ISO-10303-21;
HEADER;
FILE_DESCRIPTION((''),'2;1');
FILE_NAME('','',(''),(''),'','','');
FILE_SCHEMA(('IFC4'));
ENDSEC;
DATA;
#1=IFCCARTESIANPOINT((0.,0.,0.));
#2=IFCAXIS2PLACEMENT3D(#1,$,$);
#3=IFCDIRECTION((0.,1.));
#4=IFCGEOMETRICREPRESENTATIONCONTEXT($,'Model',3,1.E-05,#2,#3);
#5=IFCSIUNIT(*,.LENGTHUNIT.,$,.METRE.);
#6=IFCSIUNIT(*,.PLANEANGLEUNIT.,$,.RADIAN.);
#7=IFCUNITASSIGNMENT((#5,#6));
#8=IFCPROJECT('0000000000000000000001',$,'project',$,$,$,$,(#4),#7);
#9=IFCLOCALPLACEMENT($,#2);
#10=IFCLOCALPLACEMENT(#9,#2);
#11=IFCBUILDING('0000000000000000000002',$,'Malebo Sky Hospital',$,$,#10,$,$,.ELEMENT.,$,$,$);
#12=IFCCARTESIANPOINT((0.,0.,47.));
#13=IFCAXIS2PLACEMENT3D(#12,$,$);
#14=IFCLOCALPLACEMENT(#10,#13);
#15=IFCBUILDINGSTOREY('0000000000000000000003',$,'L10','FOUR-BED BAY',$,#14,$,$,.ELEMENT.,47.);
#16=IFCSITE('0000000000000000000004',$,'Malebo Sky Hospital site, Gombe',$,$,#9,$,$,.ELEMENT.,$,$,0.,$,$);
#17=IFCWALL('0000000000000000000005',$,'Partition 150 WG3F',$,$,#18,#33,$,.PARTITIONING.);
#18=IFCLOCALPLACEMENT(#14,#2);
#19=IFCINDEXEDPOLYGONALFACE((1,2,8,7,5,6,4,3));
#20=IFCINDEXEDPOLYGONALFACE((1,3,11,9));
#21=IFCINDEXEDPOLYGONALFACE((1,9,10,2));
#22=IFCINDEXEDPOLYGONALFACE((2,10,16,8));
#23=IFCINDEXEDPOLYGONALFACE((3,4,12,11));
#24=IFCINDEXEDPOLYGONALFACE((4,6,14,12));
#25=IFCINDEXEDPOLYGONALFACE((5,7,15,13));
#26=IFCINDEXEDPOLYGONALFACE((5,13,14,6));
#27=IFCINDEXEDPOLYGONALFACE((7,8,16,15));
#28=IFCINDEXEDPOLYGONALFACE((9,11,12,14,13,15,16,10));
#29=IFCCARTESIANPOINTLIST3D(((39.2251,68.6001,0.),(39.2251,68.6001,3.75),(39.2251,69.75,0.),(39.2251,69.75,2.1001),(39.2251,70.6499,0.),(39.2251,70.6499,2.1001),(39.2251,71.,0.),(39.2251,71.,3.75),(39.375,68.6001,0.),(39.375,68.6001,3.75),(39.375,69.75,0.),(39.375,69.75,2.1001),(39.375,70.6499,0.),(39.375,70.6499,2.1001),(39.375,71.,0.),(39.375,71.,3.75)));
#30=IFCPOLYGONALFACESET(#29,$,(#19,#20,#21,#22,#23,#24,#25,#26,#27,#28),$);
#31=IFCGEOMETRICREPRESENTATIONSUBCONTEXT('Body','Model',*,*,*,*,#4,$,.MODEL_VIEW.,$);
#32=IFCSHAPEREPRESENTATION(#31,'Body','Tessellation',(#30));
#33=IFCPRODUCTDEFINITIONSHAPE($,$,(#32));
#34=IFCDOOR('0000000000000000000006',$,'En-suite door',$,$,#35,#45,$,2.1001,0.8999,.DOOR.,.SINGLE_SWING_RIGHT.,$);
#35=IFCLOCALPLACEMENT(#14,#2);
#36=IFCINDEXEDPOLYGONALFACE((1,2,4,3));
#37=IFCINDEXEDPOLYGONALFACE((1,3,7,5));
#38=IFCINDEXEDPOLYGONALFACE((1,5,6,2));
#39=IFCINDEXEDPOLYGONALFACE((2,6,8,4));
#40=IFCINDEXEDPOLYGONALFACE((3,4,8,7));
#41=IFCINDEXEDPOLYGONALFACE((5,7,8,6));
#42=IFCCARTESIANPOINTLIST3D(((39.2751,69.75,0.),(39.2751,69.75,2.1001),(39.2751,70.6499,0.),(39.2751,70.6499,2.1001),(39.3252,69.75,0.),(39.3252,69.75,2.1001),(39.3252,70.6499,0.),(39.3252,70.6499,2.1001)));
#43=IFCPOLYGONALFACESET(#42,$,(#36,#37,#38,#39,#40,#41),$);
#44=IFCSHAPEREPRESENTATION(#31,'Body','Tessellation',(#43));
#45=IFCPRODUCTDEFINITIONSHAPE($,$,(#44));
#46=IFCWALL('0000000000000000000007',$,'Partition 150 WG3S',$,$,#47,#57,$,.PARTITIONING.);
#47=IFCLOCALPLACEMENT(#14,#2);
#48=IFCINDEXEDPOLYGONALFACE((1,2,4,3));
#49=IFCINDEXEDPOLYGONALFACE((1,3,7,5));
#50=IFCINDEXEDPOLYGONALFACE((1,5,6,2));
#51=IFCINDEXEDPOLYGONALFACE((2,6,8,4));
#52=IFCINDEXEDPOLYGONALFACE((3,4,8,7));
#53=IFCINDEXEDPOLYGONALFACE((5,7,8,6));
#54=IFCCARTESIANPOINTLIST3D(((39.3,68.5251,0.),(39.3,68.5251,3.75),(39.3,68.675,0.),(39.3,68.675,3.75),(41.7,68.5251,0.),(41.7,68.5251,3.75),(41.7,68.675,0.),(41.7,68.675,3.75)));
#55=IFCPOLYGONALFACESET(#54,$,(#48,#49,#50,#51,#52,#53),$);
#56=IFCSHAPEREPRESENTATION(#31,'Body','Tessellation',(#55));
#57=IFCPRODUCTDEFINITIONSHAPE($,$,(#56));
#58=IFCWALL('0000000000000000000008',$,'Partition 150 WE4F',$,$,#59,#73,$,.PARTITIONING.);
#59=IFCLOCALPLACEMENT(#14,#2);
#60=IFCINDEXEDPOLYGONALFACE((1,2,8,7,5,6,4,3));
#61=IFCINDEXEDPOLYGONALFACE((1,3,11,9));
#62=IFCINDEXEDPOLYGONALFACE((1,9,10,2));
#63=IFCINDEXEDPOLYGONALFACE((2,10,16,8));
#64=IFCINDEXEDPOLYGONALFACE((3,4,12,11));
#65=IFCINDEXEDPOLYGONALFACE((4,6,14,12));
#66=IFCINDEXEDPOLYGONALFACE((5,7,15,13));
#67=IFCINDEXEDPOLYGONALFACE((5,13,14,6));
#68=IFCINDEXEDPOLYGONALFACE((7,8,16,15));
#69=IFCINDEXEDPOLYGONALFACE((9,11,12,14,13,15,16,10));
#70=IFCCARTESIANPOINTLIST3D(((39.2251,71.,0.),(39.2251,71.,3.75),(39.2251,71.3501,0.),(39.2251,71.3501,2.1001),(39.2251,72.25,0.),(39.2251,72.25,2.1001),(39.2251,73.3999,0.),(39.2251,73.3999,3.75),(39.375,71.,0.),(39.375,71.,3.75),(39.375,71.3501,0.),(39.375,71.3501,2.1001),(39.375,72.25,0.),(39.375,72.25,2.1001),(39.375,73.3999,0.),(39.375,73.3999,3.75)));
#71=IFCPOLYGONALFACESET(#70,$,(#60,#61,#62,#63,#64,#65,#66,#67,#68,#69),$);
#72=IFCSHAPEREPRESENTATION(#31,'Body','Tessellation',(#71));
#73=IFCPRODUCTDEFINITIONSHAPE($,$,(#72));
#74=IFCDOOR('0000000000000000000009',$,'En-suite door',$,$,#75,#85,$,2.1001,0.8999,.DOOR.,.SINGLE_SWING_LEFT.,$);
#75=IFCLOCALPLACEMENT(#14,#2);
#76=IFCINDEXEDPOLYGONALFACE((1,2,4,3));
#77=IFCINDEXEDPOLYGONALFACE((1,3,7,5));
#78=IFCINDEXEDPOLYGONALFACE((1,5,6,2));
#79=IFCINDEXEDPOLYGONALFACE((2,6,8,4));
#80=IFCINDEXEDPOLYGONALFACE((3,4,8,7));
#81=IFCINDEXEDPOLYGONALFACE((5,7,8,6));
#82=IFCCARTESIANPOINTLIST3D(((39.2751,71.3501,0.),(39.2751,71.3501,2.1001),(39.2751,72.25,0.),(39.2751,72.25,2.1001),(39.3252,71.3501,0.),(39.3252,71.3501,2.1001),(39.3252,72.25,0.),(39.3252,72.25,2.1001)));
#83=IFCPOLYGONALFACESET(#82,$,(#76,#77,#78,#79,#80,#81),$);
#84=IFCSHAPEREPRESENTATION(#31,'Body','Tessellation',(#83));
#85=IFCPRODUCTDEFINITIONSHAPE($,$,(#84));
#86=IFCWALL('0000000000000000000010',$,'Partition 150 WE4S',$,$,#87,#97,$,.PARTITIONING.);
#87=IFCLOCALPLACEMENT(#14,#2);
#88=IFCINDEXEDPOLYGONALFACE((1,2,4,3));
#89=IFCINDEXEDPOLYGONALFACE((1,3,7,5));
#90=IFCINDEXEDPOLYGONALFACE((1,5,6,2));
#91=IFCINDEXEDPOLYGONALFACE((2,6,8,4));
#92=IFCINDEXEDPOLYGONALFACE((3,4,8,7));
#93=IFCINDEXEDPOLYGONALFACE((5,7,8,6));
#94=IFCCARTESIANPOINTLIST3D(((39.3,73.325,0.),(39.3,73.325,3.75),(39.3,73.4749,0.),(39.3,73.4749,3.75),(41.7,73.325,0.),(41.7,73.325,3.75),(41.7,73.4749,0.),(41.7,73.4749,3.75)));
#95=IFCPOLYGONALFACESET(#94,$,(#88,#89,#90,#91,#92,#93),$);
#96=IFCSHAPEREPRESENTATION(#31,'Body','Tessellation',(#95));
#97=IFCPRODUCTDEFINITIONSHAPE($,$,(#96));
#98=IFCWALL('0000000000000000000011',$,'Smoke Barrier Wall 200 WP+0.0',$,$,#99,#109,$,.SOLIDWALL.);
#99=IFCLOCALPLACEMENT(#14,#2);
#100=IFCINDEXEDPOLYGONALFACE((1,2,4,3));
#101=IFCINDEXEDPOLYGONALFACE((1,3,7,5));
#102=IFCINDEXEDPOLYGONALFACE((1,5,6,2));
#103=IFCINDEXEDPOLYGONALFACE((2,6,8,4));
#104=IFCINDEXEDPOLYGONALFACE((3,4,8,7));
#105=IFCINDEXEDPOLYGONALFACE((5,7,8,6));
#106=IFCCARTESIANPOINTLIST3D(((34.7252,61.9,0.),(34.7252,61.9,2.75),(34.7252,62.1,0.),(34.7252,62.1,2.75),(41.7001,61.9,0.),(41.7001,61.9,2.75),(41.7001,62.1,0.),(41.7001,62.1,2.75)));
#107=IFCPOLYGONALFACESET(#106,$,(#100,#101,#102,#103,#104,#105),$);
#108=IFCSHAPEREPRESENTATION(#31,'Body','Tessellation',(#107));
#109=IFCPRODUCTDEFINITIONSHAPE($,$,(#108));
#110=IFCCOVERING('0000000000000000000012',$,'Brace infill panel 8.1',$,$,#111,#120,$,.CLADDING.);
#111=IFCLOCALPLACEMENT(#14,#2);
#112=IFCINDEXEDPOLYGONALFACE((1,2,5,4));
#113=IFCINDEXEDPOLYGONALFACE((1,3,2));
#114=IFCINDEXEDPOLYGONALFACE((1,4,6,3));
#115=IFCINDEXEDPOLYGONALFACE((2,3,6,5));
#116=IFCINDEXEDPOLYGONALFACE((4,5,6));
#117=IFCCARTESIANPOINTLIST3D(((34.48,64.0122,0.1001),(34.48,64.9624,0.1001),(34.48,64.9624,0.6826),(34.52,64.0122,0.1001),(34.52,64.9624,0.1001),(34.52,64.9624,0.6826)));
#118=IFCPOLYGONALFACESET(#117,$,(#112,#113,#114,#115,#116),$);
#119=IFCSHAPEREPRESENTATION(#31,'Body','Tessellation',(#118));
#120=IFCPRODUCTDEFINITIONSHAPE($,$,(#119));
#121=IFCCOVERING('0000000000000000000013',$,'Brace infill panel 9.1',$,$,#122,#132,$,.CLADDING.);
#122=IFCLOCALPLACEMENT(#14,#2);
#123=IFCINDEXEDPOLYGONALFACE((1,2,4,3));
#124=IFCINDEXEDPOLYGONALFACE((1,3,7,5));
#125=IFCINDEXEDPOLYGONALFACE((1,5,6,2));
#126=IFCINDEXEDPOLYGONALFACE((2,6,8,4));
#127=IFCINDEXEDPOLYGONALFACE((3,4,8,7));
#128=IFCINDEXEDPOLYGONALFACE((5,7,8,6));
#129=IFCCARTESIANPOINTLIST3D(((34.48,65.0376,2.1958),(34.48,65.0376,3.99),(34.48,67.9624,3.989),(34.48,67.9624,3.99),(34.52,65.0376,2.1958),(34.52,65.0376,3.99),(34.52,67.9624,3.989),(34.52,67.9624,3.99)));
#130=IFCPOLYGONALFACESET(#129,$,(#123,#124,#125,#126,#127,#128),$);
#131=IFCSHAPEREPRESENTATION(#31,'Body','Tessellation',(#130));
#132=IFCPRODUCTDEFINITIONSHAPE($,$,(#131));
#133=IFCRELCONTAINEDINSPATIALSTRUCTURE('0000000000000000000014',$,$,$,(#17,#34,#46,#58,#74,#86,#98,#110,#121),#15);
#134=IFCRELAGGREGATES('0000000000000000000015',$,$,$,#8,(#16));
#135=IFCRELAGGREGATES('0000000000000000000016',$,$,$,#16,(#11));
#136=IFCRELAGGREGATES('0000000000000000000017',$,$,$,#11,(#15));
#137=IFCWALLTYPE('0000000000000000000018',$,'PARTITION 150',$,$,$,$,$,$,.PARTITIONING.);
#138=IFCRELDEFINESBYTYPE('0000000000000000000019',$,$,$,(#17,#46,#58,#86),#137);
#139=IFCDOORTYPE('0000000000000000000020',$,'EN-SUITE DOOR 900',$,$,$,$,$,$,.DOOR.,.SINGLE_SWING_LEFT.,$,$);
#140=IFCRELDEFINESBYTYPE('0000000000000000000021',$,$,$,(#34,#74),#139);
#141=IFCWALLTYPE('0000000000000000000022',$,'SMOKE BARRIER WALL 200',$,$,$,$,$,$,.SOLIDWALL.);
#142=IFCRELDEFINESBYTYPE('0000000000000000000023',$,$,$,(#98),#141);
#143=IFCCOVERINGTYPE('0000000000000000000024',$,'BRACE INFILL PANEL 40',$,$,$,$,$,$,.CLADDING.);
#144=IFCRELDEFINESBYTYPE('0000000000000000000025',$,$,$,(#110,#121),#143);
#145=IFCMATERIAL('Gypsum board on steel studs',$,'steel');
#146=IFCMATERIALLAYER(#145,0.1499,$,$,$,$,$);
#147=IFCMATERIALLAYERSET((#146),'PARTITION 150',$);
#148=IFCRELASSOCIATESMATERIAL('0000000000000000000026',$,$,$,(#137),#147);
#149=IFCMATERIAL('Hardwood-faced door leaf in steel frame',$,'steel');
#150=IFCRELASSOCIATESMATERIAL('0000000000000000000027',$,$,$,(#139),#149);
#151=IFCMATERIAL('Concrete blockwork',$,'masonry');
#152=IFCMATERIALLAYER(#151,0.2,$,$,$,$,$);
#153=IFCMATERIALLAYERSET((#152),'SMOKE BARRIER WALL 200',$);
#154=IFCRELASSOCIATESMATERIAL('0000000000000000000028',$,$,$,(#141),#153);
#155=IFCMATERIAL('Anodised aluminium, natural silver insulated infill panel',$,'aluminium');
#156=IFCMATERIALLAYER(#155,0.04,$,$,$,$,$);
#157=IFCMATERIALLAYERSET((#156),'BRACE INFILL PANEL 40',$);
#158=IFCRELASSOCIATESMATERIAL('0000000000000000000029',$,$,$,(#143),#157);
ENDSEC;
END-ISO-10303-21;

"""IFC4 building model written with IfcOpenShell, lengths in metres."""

from ifc_helpers import new_model, si_unit, direction, frame, frame_2d, origin, place, context, subcontext, project, spatial, polyline, rectangle, outline, extrude, material, layer, layer_set, type_object, element, fill, save


model = new_model("IFC4")

# Units and contexts
model_context = context("Model", 3, precision=1e-05, world=origin(), true_north=direction((0.0, 1.0)))
body_context = subcontext(model_context, "Body", "Model", "MODEL_VIEW")
ifc_project = project(units=[si_unit("LENGTHUNIT", "METRE"), si_unit("PLANEANGLEUNIT", "RADIAN")], contexts=[model_context])

# Site, building, storey
site_placement = place(None, origin())
site = spatial("IfcSite", under=ifc_project, at=site_placement, Name="Malebo Sky Hospital site, Gombe", CompositionType="ELEMENT", RefElevation=0.0)
building_placement = place(site_placement, origin())
building = spatial("IfcBuilding", under=site, at=building_placement, Name="Malebo Sky Hospital", CompositionType="ELEMENT")
storey_placement = place(building_placement, frame((0.0, 0.0, 47.0)))
storey = spatial("IfcBuildingStorey", under=building, at=storey_placement, Name="L10", Description="FOUR-BED BAY", CompositionType="ELEMENT", Elevation=47.0)

# Shared definitions
ifc_material_1 = material(Name="Gypsum board on steel studs", Category="steel")
ifc_layer_1 = layer(ifc_material_1, 0.1499)
ifc_layer_set_1 = layer_set([ifc_layer_1], Name="PARTITION 150")
wall_type_1 = type_object("IfcWallType", Name="PARTITION 150", PredefinedType="PARTITIONING", material=ifc_layer_set_1)

# Shared definitions
ifc_material_2 = material(Name="Hardwood-faced door leaf in steel frame", Category="steel")
door_type = type_object("IfcDoorType", Name="EN-SUITE DOOR 900", OperationType="SINGLE_SWING_LEFT", PredefinedType="DOOR", material=ifc_material_2)

# Wall, opening, door
wall_1_placement = place(storey_placement, frame((39.3, 68.6001, 0.0), z_axis=(0.0, 0.0, 1.0), x_axis=(0.0, 1.0, 0.0)))
wall_1 = element("IfcWall", 1, at=wall_1_placement, inside=storey, type_object=wall_type_1, Name="Partition 150 WG3F", PredefinedType="PARTITIONING", context=body_context, shape_type="SweptSolid", body=[
    extrude(rectangle(XDim=2.3999, YDim=0.1499, at=frame_2d((1.2, 0.0))), origin(), (0.0, 0.0, 1.0), 3.75),
])
opening_1_placement = place(wall_1_placement, frame((1.1499, 0.0, 0.0)))
opening_1 = element("IfcOpeningElement", 2, at=opening_1_placement, cuts=wall_1, PredefinedType="OPENING", context=body_context, shape_type="SweptSolid", body=[
    extrude(rectangle(XDim=0.8999, YDim=2.1001, at=frame_2d((0.45, 1.05))), frame((0.0, 0.085, 0.0), z_axis=(0.0, -1.0, 0.0), x_axis=(1.0, 0.0, 0.0)), (0.0, 0.0, 1.0), 0.1699),
])
door_1_placement = place(opening_1_placement, origin())
door_1 = element("IfcDoor", 3, at=door_1_placement, inside=storey, type_object=door_type, Name="En-suite door", OperationType="SINGLE_SWING_RIGHT", OverallHeight=2.1001, OverallWidth=0.8999, PredefinedType="DOOR", context=body_context, shape_type="SweptSolid", body=[
    extrude(rectangle(XDim=0.8999, YDim=2.1001, at=frame_2d((0.45, 1.05))), frame((0.0, 0.0249, 0.0), z_axis=(0.0, -1.0, 0.0), x_axis=(1.0, 0.0, 0.0)), (0.0, 0.0, 1.0), 0.05),
])
fill(opening_1, door_1)

# Wall
wall_2_placement = place(storey_placement, frame((41.7, 68.6001, 0.0), z_axis=(0.0, 0.0, 1.0), x_axis=(-1.0, 0.0, 0.0)))
element("IfcWall", 4, at=wall_2_placement, inside=storey, type_object=wall_type_1, Name="Partition 150 WG3S", PredefinedType="PARTITIONING", context=body_context, shape_type="SweptSolid", body=[
    extrude(rectangle(XDim=2.3999, YDim=0.1499, at=frame_2d((1.2, 0.0))), origin(), (0.0, 0.0, 1.0), 3.75),
])

# Wall, opening, door
wall_3_placement = place(storey_placement, frame((39.3, 71.0, 0.0), z_axis=(0.0, 0.0, 1.0), x_axis=(0.0, 1.0, 0.0)))
wall_3 = element("IfcWall", 5, at=wall_3_placement, inside=storey, type_object=wall_type_1, Name="Partition 150 WE4F", PredefinedType="PARTITIONING", context=body_context, shape_type="SweptSolid", body=[
    extrude(rectangle(XDim=2.3999, YDim=0.1499, at=frame_2d((1.2, 0.0))), origin(), (0.0, 0.0, 1.0), 3.75),
])
opening_2_placement = place(wall_3_placement, frame((0.3501, 0.0, 0.0)))
opening_2 = element("IfcOpeningElement", 6, at=opening_2_placement, cuts=wall_3, PredefinedType="OPENING", context=body_context, shape_type="SweptSolid", body=[
    extrude(rectangle(XDim=0.8999, YDim=2.1001, at=frame_2d((0.45, 1.05))), frame((0.0, 0.085, 0.0), z_axis=(0.0, -1.0, 0.0), x_axis=(1.0, 0.0, 0.0)), (0.0, 0.0, 1.0), 0.1699),
])
door_2_placement = place(opening_2_placement, origin())
door_2 = element("IfcDoor", 7, at=door_2_placement, inside=storey, type_object=door_type, Name="En-suite door", OperationType="SINGLE_SWING_LEFT", OverallHeight=2.1001, OverallWidth=0.8999, PredefinedType="DOOR", context=body_context, shape_type="SweptSolid", body=[
    extrude(rectangle(XDim=0.8999, YDim=2.1001, at=frame_2d((0.45, 1.05))), frame((0.0, 0.0249, 0.0), z_axis=(0.0, -1.0, 0.0), x_axis=(1.0, 0.0, 0.0)), (0.0, 0.0, 1.0), 0.05),
])
fill(opening_2, door_2)

# Walls
wall_4_placement = place(storey_placement, frame((41.7, 73.3999, 0.0), z_axis=(0.0, 0.0, 1.0), x_axis=(-1.0, 0.0, 0.0)))
element("IfcWall", 8, at=wall_4_placement, inside=storey, type_object=wall_type_1, Name="Partition 150 WE4S", PredefinedType="PARTITIONING", context=body_context, shape_type="SweptSolid", body=[
    extrude(rectangle(XDim=2.3999, YDim=0.1499, at=frame_2d((1.2, 0.0))), origin(), (0.0, 0.0, 1.0), 3.75),
])
ifc_material_3 = material(Name="Concrete blockwork", Category="masonry")
ifc_layer_2 = layer(ifc_material_3, 0.2)
ifc_layer_set_2 = layer_set([ifc_layer_2], Name="SMOKE BARRIER WALL 200")
wall_type_2 = type_object("IfcWallType", Name="SMOKE BARRIER WALL 200", PredefinedType="SOLIDWALL", material=ifc_layer_set_2)
wall_5_placement = place(storey_placement, frame((41.7, 62.0, 0.0), z_axis=(0.0, 0.0, 1.0), x_axis=(-1.0, 0.0, 0.0)))
element("IfcWall", 9, at=wall_5_placement, inside=storey, type_object=wall_type_2, Name="Smoke Barrier Wall 200 WP+0.0", PredefinedType="SOLIDWALL", context=body_context, shape_type="SweptSolid", body=[
    extrude(rectangle(XDim=6.9749, YDim=0.2, at=frame_2d((3.4873, 0.0))), origin(), (0.0, 0.0, 1.0), 2.75),
])

# Coverings
ifc_material_4 = material(Name="Anodised aluminium, natural silver insulated infill panel", Category="aluminium")
ifc_layer_3 = layer(ifc_material_4, 0.04)
ifc_layer_set_3 = layer_set([ifc_layer_3], Name="BRACE INFILL PANEL 40")
covering_type = type_object("IfcCoveringType", Name="BRACE INFILL PANEL 40", PredefinedType="CLADDING", material=ifc_layer_set_3)
covering_1_placement = place(storey_placement, frame((34.5, 64.4873, 0.1001), z_axis=(0.0, 0.0, 1.0), x_axis=(0.0, 1.0, 0.0)))
element("IfcCovering", 10, at=covering_1_placement, inside=storey, type_object=covering_type, Name="Brace infill panel 8.1", PredefinedType="CLADDING", context=body_context, shape_type="SweptSolid", body=[
    extrude(outline(polyline([(-0.4751, 0.0), (0.4751, 0.0), (0.4751, 0.5825), (-0.4751, 0.0)])), frame((0.0, 0.02, 0.0), z_axis=(0.0, -1.0, 0.0), x_axis=(1.0, 0.0, 0.0)), (0.0, 0.0, 1.0), 0.04),
])
covering_2_placement = place(storey_placement, frame((34.5, 66.5, 2.1958), z_axis=(0.0, 0.0, 1.0), x_axis=(0.0, 1.0, 0.0)))
element("IfcCovering", 11, at=covering_2_placement, inside=storey, type_object=covering_type, Name="Brace infill panel 9.1", PredefinedType="CLADDING", context=body_context, shape_type="SweptSolid", body=[
    extrude(outline(polyline([(-1.4624, 0.0), (1.4624, 1.7932), (1.4624, 1.7942), (-1.4624, 1.7942), (-1.4624, 0.0)])), frame((0.0, 0.02, 0.0), z_axis=(0.0, -1.0, 0.0), x_axis=(1.0, 0.0, 0.0)), (0.0, 0.0, 1.0), 0.04),
])

save(model, "model.ifc")
